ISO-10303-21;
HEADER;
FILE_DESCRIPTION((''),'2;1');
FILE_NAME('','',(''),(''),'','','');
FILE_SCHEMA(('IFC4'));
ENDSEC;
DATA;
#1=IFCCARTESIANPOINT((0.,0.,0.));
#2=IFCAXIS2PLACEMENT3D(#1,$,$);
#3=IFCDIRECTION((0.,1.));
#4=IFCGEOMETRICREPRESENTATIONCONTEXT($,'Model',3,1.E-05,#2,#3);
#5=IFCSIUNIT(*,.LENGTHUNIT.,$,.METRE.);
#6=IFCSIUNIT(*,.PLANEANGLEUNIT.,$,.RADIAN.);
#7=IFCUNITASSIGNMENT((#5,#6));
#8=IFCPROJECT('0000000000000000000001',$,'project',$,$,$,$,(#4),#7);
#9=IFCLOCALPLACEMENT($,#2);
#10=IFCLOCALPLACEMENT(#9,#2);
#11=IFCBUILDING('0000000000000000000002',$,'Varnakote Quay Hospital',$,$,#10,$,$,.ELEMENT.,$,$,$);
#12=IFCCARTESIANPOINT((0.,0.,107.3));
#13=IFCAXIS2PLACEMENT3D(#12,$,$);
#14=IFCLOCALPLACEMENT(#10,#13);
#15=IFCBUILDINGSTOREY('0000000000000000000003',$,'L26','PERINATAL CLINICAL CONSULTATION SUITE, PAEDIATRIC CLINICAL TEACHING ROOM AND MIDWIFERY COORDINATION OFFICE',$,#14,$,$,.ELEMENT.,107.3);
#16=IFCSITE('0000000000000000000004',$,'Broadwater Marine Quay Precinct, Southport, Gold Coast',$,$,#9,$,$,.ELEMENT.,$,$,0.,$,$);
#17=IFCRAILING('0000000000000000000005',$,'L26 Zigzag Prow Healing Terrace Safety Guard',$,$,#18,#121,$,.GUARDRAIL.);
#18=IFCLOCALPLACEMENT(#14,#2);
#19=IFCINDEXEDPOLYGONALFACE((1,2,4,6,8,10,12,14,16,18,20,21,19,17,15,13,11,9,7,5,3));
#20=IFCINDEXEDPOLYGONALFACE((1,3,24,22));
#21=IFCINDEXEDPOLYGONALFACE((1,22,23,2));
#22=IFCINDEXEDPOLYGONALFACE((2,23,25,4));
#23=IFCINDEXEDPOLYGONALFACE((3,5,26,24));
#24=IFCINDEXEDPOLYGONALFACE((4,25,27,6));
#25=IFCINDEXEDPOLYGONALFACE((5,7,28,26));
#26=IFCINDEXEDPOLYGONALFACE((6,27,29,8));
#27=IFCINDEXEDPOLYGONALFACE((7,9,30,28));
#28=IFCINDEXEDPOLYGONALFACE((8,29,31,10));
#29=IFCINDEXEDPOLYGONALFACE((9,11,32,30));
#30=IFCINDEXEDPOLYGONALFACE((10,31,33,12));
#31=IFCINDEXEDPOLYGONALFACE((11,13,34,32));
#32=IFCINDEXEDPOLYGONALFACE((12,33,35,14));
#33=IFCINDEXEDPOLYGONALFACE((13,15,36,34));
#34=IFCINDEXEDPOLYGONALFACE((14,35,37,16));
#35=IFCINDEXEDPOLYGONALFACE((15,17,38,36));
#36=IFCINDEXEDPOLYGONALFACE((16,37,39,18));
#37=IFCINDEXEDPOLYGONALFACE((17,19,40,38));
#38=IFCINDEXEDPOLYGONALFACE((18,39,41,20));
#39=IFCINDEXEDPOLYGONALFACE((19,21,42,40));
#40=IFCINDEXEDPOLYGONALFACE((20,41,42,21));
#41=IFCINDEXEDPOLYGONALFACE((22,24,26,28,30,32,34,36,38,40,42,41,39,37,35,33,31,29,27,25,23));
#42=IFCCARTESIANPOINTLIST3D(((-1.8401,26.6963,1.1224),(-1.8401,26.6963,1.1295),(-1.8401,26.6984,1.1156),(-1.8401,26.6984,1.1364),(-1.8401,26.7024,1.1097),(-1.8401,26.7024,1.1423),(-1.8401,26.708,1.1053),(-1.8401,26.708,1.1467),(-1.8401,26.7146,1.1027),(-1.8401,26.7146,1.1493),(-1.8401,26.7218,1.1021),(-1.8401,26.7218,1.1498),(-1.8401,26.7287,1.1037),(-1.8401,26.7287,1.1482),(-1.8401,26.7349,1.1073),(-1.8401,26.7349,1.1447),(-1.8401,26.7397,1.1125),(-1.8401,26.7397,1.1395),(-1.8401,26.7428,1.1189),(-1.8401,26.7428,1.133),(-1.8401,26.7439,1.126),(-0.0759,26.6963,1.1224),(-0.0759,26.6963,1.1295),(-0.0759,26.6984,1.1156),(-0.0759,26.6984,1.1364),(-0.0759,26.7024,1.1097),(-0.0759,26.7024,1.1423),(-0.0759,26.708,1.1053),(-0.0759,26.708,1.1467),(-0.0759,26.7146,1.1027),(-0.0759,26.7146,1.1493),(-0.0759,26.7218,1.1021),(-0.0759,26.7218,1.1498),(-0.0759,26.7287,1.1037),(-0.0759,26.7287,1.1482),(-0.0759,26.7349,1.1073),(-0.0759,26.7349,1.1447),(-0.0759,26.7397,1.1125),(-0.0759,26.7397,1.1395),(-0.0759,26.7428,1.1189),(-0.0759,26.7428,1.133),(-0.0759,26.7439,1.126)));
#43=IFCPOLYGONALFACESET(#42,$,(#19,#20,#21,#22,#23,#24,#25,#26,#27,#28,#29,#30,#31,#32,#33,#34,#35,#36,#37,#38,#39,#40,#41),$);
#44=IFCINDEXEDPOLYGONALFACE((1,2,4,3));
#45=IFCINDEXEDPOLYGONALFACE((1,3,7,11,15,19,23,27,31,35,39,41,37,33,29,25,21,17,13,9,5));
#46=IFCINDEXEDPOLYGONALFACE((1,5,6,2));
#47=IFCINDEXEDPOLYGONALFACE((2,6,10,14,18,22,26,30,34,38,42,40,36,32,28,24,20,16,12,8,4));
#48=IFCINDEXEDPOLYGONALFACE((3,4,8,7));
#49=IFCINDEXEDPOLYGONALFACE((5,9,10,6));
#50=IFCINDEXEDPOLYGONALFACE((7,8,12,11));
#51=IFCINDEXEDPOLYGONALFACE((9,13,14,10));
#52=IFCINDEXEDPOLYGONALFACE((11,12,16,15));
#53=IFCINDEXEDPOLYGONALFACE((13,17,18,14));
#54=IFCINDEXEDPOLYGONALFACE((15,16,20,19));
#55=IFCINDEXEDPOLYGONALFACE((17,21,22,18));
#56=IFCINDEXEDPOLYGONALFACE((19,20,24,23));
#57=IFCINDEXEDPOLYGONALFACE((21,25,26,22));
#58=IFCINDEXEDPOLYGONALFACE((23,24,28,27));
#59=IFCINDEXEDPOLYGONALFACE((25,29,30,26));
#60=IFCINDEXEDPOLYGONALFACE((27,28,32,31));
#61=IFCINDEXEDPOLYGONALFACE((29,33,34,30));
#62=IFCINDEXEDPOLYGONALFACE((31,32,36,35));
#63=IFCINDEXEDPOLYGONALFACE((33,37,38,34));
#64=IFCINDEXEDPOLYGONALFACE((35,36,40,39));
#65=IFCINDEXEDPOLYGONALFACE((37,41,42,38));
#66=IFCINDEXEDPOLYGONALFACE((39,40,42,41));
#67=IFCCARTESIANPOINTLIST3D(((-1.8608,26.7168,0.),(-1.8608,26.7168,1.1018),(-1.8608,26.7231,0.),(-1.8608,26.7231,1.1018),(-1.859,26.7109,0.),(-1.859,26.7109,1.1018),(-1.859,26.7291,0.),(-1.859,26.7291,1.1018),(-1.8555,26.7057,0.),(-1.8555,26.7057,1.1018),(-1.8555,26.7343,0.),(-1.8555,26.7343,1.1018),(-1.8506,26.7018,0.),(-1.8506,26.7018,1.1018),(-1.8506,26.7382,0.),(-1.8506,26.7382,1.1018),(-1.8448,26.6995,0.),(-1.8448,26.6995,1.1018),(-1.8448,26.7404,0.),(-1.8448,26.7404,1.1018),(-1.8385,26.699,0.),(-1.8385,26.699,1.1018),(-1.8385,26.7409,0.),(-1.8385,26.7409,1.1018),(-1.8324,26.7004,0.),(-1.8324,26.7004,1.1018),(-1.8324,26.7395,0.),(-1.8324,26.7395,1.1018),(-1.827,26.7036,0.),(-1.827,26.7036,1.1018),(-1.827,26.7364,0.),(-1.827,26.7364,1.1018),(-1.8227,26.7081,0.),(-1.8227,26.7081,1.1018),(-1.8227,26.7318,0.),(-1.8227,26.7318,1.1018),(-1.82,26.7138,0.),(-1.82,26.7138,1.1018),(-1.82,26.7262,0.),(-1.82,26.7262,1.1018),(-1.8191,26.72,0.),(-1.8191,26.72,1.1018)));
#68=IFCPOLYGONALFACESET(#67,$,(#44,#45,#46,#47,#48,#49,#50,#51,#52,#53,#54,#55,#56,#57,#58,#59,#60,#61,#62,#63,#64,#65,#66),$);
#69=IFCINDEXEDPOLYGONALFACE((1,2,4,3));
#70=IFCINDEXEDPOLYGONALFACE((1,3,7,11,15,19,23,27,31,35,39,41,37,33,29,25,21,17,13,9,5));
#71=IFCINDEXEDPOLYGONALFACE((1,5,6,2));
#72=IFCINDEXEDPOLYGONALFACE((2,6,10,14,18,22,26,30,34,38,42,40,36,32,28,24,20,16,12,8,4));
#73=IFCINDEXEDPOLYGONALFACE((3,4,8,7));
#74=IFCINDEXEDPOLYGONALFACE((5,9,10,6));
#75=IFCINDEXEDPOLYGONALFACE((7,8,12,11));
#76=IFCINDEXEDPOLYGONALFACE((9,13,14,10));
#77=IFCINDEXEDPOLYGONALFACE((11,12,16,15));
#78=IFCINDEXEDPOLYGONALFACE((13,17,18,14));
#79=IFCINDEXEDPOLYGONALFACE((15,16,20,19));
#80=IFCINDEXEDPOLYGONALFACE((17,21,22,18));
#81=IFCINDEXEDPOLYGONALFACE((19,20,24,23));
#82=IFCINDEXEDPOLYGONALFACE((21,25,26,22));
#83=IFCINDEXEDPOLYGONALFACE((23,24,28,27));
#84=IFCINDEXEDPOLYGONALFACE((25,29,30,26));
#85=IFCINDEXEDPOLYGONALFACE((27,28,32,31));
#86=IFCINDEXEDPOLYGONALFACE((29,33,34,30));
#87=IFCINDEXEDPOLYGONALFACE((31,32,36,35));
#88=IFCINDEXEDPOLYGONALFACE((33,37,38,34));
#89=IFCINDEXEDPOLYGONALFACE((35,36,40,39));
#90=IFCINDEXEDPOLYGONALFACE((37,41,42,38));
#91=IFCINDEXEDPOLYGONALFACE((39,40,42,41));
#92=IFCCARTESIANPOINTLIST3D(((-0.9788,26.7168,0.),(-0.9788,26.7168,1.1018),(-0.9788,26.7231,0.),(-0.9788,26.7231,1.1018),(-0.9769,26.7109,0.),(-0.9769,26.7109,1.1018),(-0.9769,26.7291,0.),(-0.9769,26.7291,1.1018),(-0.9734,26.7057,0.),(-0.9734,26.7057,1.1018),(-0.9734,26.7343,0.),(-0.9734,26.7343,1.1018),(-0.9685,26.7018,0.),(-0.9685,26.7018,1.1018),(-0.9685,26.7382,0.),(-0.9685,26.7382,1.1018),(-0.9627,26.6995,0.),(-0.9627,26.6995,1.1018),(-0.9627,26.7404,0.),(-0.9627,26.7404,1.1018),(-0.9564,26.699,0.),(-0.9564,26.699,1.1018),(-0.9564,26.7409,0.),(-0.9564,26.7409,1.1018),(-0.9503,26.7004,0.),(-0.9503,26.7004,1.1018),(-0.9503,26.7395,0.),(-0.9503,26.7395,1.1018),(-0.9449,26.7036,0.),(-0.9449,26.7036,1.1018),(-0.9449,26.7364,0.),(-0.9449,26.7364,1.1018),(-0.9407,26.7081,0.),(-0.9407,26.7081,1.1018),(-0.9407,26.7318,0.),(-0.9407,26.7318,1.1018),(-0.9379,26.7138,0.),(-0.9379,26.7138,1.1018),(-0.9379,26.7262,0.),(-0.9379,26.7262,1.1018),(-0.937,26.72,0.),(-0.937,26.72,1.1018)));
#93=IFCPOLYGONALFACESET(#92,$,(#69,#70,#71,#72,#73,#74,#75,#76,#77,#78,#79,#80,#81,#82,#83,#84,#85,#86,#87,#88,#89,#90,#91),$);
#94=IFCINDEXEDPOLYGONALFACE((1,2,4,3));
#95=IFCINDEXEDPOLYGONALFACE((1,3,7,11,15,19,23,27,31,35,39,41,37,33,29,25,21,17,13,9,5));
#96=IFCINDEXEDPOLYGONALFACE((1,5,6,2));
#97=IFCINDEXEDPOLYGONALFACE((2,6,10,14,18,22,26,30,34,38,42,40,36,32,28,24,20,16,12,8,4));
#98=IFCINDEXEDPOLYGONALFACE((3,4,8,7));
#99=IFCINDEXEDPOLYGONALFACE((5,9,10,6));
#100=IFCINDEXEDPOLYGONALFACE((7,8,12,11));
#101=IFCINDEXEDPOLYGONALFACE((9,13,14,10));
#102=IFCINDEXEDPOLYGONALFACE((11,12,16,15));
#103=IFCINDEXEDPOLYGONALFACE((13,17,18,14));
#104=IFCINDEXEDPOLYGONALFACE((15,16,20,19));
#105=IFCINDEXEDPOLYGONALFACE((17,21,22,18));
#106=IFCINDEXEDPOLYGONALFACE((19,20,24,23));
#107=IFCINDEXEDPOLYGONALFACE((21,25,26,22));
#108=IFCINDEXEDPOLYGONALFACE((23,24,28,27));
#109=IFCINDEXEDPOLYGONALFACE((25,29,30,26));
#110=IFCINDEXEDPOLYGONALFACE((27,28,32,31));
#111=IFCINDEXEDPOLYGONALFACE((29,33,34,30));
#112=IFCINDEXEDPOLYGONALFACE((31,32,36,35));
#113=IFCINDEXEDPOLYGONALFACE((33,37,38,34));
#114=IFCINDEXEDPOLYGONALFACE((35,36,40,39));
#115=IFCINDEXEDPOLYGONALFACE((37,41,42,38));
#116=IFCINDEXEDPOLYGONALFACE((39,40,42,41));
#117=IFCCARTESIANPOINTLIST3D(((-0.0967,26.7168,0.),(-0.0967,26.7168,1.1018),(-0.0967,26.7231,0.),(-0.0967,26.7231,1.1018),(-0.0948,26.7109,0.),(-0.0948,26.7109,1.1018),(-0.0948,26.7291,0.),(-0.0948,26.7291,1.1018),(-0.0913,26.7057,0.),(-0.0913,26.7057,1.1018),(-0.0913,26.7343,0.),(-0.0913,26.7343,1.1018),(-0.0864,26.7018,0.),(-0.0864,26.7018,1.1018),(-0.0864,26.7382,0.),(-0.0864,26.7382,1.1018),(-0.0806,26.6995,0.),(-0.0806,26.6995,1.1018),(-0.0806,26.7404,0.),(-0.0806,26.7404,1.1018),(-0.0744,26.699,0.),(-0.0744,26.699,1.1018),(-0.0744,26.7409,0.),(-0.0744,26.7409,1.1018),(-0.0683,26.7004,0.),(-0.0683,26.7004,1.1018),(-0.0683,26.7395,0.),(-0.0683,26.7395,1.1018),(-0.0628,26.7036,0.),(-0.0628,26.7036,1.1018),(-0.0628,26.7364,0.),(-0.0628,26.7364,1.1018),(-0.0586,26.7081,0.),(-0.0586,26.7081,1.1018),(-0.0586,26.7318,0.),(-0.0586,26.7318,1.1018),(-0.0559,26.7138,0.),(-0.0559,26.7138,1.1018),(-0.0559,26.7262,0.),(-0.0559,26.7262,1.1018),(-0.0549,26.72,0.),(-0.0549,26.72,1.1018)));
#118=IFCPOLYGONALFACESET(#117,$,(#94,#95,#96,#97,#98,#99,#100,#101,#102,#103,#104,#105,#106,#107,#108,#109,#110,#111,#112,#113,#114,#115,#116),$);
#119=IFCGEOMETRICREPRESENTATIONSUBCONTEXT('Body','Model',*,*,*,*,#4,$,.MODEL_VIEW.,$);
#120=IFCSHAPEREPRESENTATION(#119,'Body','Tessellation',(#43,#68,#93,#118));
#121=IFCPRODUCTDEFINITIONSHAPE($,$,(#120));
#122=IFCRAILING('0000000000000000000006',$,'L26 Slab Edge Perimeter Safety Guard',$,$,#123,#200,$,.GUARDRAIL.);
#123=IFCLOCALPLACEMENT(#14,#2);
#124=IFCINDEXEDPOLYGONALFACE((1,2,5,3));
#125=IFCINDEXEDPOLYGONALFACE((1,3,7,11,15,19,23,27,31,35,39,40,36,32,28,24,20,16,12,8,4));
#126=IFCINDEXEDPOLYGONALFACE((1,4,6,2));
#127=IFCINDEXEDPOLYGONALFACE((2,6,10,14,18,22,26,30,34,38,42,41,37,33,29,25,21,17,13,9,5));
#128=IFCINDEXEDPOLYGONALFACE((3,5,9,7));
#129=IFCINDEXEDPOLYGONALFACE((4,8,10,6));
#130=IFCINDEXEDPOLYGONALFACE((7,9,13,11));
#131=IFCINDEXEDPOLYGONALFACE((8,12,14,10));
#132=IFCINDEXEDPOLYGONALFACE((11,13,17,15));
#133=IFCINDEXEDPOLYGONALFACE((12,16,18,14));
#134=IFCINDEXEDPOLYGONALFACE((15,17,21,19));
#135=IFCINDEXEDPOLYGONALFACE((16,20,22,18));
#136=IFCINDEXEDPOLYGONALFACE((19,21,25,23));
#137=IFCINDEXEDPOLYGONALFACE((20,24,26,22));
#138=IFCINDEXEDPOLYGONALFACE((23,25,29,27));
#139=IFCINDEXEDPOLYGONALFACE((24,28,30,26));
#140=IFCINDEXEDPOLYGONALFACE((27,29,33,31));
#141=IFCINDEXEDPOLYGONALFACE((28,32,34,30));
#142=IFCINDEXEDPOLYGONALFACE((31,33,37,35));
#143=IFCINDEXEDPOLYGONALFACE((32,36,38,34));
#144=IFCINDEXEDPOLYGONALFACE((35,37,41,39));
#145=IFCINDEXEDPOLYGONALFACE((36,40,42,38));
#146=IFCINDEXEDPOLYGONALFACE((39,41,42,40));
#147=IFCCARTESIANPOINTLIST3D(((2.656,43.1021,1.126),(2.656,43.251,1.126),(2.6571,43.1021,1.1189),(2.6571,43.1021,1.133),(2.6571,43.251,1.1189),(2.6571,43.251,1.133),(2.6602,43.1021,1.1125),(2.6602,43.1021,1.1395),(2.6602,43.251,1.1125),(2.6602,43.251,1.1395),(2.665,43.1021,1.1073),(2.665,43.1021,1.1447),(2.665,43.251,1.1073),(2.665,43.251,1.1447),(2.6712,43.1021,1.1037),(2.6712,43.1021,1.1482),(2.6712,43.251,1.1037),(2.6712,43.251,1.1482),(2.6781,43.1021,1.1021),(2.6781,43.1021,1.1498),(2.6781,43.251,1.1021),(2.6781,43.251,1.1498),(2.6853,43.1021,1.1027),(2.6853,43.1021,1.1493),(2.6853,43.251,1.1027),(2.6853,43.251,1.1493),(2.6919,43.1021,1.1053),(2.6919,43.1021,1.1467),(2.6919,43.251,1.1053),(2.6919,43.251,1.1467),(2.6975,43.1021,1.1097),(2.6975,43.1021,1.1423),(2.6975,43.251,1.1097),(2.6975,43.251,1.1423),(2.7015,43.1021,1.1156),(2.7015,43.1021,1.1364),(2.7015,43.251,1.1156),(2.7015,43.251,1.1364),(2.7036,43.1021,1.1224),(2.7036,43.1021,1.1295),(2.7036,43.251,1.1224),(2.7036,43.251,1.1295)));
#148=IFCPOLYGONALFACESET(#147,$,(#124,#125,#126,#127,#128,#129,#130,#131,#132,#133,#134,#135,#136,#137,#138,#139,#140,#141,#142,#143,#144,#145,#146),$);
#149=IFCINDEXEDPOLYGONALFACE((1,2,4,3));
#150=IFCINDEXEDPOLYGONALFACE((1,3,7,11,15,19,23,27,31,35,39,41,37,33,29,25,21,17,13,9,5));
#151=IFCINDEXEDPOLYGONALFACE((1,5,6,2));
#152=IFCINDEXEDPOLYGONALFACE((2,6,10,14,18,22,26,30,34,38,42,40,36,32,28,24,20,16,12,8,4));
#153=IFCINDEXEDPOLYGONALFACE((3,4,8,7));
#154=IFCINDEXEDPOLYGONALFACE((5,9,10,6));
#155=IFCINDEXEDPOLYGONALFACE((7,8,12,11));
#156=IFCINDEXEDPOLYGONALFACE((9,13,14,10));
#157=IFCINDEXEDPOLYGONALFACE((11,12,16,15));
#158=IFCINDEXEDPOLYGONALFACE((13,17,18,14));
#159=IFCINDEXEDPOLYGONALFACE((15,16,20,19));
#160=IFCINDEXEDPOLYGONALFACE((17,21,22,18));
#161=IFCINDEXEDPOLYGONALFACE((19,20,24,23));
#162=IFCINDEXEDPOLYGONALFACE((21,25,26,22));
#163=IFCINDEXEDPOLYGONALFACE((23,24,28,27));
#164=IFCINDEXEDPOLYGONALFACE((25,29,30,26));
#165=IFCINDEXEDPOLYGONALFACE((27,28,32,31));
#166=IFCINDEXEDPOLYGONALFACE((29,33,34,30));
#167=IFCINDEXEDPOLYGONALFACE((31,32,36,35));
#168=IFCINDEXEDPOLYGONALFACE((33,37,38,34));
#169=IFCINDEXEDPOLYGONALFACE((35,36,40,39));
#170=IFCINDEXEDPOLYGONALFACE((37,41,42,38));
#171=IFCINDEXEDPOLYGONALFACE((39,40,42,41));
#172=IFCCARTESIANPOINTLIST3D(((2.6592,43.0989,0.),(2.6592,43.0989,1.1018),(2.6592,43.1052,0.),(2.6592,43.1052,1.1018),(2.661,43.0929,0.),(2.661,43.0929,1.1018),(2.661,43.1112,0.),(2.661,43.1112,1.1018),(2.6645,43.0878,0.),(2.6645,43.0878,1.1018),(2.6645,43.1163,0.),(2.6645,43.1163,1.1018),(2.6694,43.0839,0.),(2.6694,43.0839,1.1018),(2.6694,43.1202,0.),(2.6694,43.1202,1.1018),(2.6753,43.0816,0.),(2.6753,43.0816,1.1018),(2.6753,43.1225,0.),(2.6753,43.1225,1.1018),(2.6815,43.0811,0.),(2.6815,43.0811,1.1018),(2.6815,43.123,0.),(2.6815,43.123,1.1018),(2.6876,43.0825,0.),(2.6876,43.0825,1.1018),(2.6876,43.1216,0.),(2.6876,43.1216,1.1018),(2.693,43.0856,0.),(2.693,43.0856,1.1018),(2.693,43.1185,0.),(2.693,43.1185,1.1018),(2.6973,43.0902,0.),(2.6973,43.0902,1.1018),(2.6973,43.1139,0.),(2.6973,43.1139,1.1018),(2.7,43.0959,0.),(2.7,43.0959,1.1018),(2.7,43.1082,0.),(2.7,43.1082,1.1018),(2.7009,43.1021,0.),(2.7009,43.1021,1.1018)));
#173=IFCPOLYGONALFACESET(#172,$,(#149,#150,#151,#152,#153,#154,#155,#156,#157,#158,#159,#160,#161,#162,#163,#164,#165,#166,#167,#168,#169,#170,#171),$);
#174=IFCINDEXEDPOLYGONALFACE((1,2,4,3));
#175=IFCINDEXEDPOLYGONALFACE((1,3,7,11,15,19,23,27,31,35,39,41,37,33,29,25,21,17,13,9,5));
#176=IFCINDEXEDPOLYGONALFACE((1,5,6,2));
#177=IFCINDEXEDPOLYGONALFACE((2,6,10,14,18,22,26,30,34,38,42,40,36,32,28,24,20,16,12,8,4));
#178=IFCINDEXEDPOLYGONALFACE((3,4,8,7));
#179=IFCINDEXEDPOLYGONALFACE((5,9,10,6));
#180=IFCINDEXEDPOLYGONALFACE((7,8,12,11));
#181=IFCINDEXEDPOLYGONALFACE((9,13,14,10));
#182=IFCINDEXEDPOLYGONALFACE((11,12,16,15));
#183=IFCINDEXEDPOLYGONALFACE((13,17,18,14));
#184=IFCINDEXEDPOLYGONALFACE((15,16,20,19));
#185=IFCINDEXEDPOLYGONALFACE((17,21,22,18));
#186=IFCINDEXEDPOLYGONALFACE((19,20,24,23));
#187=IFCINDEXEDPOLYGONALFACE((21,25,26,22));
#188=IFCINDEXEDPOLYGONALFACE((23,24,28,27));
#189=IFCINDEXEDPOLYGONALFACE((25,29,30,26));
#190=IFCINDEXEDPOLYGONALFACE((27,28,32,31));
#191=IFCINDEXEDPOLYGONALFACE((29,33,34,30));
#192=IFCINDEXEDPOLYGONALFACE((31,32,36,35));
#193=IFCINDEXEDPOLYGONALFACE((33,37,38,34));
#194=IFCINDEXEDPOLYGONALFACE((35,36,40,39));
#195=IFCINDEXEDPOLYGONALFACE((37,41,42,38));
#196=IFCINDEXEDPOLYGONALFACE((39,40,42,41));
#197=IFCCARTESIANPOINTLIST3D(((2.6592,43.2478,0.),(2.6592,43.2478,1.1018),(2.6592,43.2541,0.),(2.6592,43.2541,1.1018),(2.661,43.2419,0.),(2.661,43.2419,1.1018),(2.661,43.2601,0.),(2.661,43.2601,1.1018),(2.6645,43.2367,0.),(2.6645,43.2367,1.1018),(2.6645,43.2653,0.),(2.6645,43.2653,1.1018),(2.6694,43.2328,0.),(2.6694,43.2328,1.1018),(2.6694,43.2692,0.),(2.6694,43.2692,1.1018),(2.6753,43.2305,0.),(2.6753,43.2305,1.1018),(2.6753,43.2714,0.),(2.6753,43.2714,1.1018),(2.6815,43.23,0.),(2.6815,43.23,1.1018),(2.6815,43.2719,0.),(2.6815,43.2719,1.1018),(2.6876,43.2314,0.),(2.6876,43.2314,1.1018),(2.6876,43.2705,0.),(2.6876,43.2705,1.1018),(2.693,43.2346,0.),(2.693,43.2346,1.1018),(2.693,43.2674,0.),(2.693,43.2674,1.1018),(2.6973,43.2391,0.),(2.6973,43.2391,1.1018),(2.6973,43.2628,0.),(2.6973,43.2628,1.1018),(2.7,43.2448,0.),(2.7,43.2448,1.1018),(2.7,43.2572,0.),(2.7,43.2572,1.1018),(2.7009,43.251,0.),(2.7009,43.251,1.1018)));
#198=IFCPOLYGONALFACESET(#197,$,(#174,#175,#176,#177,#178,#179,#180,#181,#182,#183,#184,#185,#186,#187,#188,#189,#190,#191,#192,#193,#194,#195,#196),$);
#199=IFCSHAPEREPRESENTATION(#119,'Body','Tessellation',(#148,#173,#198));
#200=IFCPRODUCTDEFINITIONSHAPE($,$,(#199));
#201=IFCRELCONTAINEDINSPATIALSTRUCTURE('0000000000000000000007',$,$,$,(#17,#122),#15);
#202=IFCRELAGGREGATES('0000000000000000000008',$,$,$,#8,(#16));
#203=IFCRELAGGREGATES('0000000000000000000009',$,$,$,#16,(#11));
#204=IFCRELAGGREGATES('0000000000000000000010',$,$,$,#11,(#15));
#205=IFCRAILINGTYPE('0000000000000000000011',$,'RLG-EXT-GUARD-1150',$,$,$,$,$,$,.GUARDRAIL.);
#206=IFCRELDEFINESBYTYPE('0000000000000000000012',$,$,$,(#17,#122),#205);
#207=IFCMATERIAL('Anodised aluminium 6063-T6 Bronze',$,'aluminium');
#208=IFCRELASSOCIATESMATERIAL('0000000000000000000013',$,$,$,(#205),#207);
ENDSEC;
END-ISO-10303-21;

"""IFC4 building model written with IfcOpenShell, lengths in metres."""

from ifc_helpers import new_model, si_unit, direction, frame, origin, origin_2d, place, context, subcontext, project, spatial, circle, extrude, material, type_object, element, save


model = new_model("IFC4")

# Units and contexts
model_context = context("Model", 3, precision=1e-05, world=origin(), true_north=direction((0.0, 1.0)))
body_context = subcontext(model_context, "Body", "Model", "MODEL_VIEW")
ifc_project = project(units=[si_unit("LENGTHUNIT", "METRE"), si_unit("PLANEANGLEUNIT", "RADIAN")], contexts=[model_context])

# Site, building, storey
site_placement = place(None, origin())
site = spatial("IfcSite", under=ifc_project, at=site_placement, Name="Broadwater Marine Quay Precinct, Southport, Gold Coast", CompositionType="ELEMENT", RefElevation=0.0)
building_placement = place(site_placement, origin())
building = spatial("IfcBuilding", under=site, at=building_placement, Name="Varnakote Quay Hospital", CompositionType="ELEMENT")
storey_placement = place(building_placement, frame((0.0, 0.0, 107.3)))
storey = spatial("IfcBuildingStorey", under=building, at=storey_placement, Name="L26", Description="PERINATAL CLINICAL CONSULTATION SUITE, PAEDIATRIC CLINICAL TEACHING ROOM AND MIDWIFERY COORDINATION OFFICE", CompositionType="ELEMENT", Elevation=107.3)

# Railings
ifc_material_1 = material(Name="Anodised aluminium 6063-T6 Bronze", Category="aluminium")
railing_type = type_object("IfcRailingType", Name="RLG-EXT-GUARD-1150", PredefinedType="GUARDRAIL", material=ifc_material_1)
railing_1_placement = place(storey_placement, frame((-1.8401, 26.72, 0.0)))
element("IfcRailing", 1, at=railing_1_placement, inside=storey, type_object=railing_type, Name="L26 Zigzag Prow Healing Terrace Safety Guard", PredefinedType="GUARDRAIL", context=body_context, shape_type="SweptSolid", body=[
    extrude(circle(Radius=0.0239, at=origin_2d()), frame((0.0, 0.0, 1.126), z_axis=(1.0, 0.0, 0.0), x_axis=(0.0, 1.0, 0.0)), (0.0, 0.0, 1.0), 1.7642),
    extrude(circle(Radius=0.021, at=origin_2d()), origin(), (0.0, 0.0, 1.0), 1.1018),
    extrude(circle(Radius=0.021, at=origin_2d()), frame((0.8821, 0.0, 0.0)), (0.0, 0.0, 1.0), 1.1018),
    extrude(circle(Radius=0.021, at=origin_2d()), frame((1.7642, 0.0, 0.0)), (0.0, 0.0, 1.0), 1.1018),
])
railing_2_placement = place(storey_placement, frame((2.6799, 43.1021, 0.0)))
element("IfcRailing", 2, at=railing_2_placement, inside=storey, type_object=railing_type, Name="L26 Slab Edge Perimeter Safety Guard", PredefinedType="GUARDRAIL", context=body_context, shape_type="SweptSolid", body=[
    extrude(circle(Radius=0.0239, at=origin_2d()), frame((0.0, 0.0, 1.126), z_axis=(0.0, 1.0, 0.0), x_axis=(-1.0, 0.0, 0.0)), (0.0, 0.0, 1.0), 0.1489),
    extrude(circle(Radius=0.021, at=origin_2d()), origin(), (0.0, 0.0, 1.0), 1.1018),
    extrude(circle(Radius=0.021, at=origin_2d()), frame((0.0, 0.1489, 0.0)), (0.0, 0.0, 1.0), 1.1018),
])

save(model, "model.ifc")
